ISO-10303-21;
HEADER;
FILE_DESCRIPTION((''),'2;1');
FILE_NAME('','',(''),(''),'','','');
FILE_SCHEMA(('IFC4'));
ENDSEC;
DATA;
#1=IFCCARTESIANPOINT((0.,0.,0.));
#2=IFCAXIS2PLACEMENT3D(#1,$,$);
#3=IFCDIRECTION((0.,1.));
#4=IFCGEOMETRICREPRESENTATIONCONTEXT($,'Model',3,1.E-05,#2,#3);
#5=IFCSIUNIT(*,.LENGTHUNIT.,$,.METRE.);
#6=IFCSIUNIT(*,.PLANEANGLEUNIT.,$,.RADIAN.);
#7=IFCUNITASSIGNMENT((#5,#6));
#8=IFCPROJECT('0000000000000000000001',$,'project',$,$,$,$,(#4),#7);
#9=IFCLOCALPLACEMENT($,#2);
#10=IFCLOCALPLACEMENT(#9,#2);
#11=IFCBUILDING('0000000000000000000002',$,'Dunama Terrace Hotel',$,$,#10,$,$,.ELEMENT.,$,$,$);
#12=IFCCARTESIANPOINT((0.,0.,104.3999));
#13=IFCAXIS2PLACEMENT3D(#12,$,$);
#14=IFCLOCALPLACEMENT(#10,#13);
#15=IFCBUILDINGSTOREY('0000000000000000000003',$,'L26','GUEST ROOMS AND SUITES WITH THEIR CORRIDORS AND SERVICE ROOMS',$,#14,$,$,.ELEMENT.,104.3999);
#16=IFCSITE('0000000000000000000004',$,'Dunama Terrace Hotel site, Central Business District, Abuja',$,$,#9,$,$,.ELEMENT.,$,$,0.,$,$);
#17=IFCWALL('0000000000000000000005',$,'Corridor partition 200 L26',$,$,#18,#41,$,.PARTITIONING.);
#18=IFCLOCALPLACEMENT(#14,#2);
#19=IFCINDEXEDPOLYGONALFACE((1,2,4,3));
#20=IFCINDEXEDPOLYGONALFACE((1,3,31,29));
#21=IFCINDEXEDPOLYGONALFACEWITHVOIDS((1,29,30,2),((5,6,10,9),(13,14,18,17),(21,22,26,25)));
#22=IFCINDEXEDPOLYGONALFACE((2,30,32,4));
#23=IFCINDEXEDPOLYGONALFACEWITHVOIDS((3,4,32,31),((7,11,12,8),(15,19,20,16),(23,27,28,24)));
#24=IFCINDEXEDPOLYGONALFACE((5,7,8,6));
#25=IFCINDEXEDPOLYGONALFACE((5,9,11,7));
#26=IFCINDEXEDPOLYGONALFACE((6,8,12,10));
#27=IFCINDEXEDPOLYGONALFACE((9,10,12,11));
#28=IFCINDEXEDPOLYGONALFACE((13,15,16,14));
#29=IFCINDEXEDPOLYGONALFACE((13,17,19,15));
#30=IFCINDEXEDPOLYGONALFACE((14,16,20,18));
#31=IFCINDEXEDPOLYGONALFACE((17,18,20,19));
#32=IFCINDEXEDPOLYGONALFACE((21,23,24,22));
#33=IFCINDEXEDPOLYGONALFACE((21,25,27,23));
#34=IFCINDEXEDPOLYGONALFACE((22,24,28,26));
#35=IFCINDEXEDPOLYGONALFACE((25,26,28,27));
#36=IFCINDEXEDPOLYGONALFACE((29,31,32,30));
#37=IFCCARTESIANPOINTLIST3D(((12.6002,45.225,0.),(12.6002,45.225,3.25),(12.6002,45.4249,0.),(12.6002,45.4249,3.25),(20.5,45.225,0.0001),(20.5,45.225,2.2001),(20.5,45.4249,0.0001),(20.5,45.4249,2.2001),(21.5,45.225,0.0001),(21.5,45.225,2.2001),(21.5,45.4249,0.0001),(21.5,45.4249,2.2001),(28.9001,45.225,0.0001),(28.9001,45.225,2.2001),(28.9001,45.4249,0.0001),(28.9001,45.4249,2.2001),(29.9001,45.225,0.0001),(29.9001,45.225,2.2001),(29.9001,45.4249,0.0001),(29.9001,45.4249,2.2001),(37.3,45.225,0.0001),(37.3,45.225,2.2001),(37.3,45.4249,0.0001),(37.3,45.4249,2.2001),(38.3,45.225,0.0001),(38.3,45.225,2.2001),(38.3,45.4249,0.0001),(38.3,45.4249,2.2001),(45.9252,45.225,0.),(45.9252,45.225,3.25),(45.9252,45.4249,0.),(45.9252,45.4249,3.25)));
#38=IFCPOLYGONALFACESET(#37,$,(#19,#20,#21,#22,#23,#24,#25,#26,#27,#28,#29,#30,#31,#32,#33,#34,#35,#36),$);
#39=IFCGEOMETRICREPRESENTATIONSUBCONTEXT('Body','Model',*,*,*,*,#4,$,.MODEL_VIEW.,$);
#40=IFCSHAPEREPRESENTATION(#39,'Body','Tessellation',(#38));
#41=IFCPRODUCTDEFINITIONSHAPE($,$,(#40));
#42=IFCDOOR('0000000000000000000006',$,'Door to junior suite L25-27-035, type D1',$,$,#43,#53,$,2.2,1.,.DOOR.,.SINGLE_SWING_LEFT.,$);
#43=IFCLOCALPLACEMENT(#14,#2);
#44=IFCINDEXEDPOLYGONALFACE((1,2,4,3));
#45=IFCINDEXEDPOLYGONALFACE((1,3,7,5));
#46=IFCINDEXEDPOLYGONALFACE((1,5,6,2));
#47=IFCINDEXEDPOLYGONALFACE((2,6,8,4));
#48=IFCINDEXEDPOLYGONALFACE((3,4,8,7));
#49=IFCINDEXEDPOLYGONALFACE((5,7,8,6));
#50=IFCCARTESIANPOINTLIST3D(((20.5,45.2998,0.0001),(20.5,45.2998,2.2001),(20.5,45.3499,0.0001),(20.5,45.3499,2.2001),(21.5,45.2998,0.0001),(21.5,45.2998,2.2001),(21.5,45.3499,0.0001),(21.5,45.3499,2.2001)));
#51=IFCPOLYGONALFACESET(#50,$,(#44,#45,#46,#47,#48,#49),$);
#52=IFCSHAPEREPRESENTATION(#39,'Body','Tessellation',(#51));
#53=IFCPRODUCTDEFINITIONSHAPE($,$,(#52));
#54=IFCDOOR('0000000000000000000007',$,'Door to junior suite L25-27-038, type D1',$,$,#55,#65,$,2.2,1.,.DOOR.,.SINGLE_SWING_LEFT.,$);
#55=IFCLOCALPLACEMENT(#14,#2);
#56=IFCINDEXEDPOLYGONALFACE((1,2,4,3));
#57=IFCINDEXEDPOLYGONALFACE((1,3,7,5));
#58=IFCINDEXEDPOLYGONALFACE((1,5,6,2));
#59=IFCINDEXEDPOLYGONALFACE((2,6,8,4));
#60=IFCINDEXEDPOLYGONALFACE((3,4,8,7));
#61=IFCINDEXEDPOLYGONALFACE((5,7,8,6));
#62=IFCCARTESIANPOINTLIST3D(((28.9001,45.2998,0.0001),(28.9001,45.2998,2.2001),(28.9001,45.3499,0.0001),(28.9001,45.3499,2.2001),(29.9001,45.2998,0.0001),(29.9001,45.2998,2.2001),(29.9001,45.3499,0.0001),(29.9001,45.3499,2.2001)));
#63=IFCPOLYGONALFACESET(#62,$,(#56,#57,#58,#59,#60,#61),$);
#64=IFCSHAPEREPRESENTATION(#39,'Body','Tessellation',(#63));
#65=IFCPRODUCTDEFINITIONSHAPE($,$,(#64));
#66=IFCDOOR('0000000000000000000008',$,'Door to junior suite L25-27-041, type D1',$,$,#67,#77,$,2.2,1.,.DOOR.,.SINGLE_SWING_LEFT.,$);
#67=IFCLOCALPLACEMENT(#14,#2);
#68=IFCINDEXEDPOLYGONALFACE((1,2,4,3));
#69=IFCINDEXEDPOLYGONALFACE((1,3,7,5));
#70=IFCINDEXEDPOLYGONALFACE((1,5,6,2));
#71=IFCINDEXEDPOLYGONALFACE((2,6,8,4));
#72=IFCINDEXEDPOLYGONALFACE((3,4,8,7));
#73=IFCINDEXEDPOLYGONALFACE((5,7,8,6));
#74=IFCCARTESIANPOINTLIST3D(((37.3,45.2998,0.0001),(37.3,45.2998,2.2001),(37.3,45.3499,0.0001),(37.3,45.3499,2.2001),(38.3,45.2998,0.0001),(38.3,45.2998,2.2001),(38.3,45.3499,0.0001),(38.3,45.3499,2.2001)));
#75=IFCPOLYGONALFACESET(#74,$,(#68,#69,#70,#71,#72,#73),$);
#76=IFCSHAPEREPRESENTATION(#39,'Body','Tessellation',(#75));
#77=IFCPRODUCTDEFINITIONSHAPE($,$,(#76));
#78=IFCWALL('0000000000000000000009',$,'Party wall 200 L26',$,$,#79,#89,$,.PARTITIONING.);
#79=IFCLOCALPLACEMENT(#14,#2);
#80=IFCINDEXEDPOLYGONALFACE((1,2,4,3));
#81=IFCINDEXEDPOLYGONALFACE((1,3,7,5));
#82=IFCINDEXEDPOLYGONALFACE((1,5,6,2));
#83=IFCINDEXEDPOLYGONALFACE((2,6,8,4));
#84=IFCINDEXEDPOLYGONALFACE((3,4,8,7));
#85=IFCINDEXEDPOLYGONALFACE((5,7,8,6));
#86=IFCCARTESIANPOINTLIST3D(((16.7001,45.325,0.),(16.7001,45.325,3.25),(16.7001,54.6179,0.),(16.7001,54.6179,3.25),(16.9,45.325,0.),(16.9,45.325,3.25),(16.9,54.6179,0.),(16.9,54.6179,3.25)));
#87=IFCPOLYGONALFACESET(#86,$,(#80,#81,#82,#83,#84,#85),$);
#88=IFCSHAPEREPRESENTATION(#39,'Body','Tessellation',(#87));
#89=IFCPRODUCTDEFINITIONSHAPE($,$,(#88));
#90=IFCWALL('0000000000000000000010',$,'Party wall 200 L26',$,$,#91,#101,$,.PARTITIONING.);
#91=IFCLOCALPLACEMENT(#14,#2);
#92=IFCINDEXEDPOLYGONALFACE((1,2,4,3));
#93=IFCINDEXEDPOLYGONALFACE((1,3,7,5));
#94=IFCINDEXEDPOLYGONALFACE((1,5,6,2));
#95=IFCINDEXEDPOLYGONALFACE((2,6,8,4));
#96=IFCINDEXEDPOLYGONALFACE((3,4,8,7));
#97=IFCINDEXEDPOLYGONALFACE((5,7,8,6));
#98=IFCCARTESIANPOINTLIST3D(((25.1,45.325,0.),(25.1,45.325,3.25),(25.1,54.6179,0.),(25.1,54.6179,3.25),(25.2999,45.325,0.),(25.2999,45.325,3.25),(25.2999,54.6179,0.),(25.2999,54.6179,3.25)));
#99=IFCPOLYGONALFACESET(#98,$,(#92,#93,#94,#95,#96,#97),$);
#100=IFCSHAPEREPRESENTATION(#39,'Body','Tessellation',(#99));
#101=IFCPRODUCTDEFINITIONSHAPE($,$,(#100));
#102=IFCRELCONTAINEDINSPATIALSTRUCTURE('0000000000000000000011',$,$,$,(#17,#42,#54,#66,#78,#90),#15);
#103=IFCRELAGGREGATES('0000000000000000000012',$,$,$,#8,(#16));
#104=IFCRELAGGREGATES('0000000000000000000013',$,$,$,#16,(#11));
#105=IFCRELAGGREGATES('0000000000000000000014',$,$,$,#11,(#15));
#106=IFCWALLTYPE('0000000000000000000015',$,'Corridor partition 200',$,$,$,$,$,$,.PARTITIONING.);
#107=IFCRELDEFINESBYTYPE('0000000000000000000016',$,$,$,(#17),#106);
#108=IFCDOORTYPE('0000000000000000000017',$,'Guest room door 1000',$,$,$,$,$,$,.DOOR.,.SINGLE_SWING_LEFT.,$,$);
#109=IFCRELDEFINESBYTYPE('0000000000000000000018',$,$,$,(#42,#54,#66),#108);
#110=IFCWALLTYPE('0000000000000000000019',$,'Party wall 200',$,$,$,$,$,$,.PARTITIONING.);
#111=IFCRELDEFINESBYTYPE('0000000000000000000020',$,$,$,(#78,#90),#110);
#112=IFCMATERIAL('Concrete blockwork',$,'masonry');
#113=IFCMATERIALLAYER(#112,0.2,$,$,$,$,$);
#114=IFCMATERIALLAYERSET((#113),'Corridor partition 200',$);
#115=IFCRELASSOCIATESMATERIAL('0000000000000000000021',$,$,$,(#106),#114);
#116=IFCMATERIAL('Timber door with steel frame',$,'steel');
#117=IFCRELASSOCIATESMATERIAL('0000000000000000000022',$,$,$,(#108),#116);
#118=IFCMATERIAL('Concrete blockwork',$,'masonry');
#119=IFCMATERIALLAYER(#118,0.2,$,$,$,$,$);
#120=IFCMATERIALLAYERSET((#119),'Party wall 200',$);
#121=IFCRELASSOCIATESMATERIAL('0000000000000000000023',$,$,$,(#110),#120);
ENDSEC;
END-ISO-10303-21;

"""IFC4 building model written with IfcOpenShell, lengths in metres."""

from ifc_helpers import new_model, si_unit, direction, frame, frame_2d, origin, place, context, subcontext, project, spatial, rectangle, extrude, material, layer, layer_set, type_object, element, fill, save


model = new_model("IFC4")

# Units and contexts
model_context = context("Model", 3, precision=1e-05, world=origin(), true_north=direction((0.0, 1.0)))
body_context = subcontext(model_context, "Body", "Model", "MODEL_VIEW")
ifc_project = project(units=[si_unit("LENGTHUNIT", "METRE"), si_unit("PLANEANGLEUNIT", "RADIAN")], contexts=[model_context])

# Site, building, storey
site_placement = place(None, origin())
site = spatial("IfcSite", under=ifc_project, at=site_placement, Name="Dunama Terrace Hotel site, Central Business District, Abuja", CompositionType="ELEMENT", RefElevation=0.0)
building_placement = place(site_placement, origin())
building = spatial("IfcBuilding", under=site, at=building_placement, Name="Dunama Terrace Hotel", CompositionType="ELEMENT")
storey_placement = place(building_placement, frame((0.0, 0.0, 104.3999)))
storey = spatial("IfcBuildingStorey", under=building, at=storey_placement, Name="L26", Description="GUEST ROOMS AND SUITES WITH THEIR CORRIDORS AND SERVICE ROOMS", CompositionType="ELEMENT", Elevation=104.3999)

# Wall, openings, doors
ifc_material_1 = material(Name="Concrete blockwork", Category="masonry")
ifc_layer_1 = layer(ifc_material_1, 0.2)
ifc_layer_set_1 = layer_set([ifc_layer_1], Name="Corridor partition 200")
wall_type_1 = type_object("IfcWallType", Name="Corridor partition 200", PredefinedType="PARTITIONING", material=ifc_layer_set_1)
wall_1_placement = place(storey_placement, frame((12.6001, 45.325, 0.0), z_axis=(0.0, 0.0, 1.0), x_axis=(1.0, 0.0, 0.0)))
wall_1 = element("IfcWall", 1, at=wall_1_placement, inside=storey, type_object=wall_type_1, Name="Corridor partition 200 L26", PredefinedType="PARTITIONING", context=body_context, shape_type="SweptSolid", body=[
    extrude(rectangle(XDim=33.325, YDim=0.2, at=frame_2d((16.6626, 0.0))), origin(), (0.0, 0.0, 1.0), 3.25),
])
opening_1_placement = place(wall_1_placement, frame((7.8999, 0.0, 0.0)))
opening_1 = element("IfcOpeningElement", 2, at=opening_1_placement, cuts=wall_1, PredefinedType="OPENING", context=body_context, shape_type="SweptSolid", body=[
    extrude(rectangle(XDim=1.0, YDim=2.2, at=frame_2d((0.5, 1.1001))), frame((0.0, 0.1099, 0.0), z_axis=(0.0, -1.0, 0.0), x_axis=(1.0, 0.0, 0.0)), (0.0, 0.0, 1.0), 0.22),
])
opening_2_placement = place(wall_1_placement, frame((16.3, 0.0, 0.0)))
opening_2 = element("IfcOpeningElement", 3, at=opening_2_placement, cuts=wall_1, PredefinedType="OPENING", context=body_context, shape_type="SweptSolid", body=[
    extrude(rectangle(XDim=1.0, YDim=2.2, at=frame_2d((0.5, 1.1001))), frame((0.0, 0.1099, 0.0), z_axis=(0.0, -1.0, 0.0), x_axis=(1.0, 0.0, 0.0)), (0.0, 0.0, 1.0), 0.22),
])
opening_3_placement = place(wall_1_placement, frame((24.7, 0.0, 0.0)))
opening_3 = element("IfcOpeningElement", 4, at=opening_3_placement, cuts=wall_1, PredefinedType="OPENING", context=body_context, shape_type="SweptSolid", body=[
    extrude(rectangle(XDim=1.0, YDim=2.2, at=frame_2d((0.5, 1.1001))), frame((0.0, 0.1099, 0.0), z_axis=(0.0, -1.0, 0.0), x_axis=(1.0, 0.0, 0.0)), (0.0, 0.0, 1.0), 0.22),
])
ifc_material_2 = material(Name="Timber door with steel frame", Category="steel")
door_type_1 = type_object("IfcDoorType", Name="Guest room door 1000", OperationType="SINGLE_SWING_LEFT", PredefinedType="DOOR", material=ifc_material_2)
door_1_placement = place(opening_1_placement, origin())
door_1 = element("IfcDoor", 5, at=door_1_placement, inside=storey, type_object=door_type_1, Name="Door to junior suite L25-27-035, type D1", OperationType="SINGLE_SWING_LEFT", OverallHeight=2.2, OverallWidth=1.0, PredefinedType="DOOR", context=body_context, shape_type="SweptSolid", body=[
    extrude(rectangle(XDim=1.0, YDim=2.2, at=frame_2d((0.5, 1.1001))), frame((0.0, 0.0249, 0.0), z_axis=(0.0, -1.0, 0.0), x_axis=(1.0, 0.0, 0.0)), (0.0, 0.0, 1.0), 0.05),
])
fill(opening_1, door_1)
door_2_placement = place(opening_2_placement, origin())
door_2 = element("IfcDoor", 6, at=door_2_placement, inside=storey, type_object=door_type_1, Name="Door to junior suite L25-27-038, type D1", OperationType="SINGLE_SWING_LEFT", OverallHeight=2.2, OverallWidth=1.0, PredefinedType="DOOR", context=body_context, shape_type="SweptSolid", body=[
    extrude(rectangle(XDim=1.0, YDim=2.2, at=frame_2d((0.5, 1.1001))), frame((0.0, 0.0249, 0.0), z_axis=(0.0, -1.0, 0.0), x_axis=(1.0, 0.0, 0.0)), (0.0, 0.0, 1.0), 0.05),
])
fill(opening_2, door_2)
door_3_placement = place(opening_3_placement, origin())
door_3 = element("IfcDoor", 7, at=door_3_placement, inside=storey, type_object=door_type_1, Name="Door to junior suite L25-27-041, type D1", OperationType="SINGLE_SWING_LEFT", OverallHeight=2.2, OverallWidth=1.0, PredefinedType="DOOR", context=body_context, shape_type="SweptSolid", body=[
    extrude(rectangle(XDim=1.0, YDim=2.2, at=frame_2d((0.5, 1.1001))), frame((0.0, 0.0249, 0.0), z_axis=(0.0, -1.0, 0.0), x_axis=(1.0, 0.0, 0.0)), (0.0, 0.0, 1.0), 0.05),
])
fill(opening_3, door_3)

# Walls
ifc_material_3 = material(Name="Concrete blockwork", Category="masonry")
ifc_layer_2 = layer(ifc_material_3, 0.2)
ifc_layer_set_2 = layer_set([ifc_layer_2], Name="Party wall 200")
wall_type_2 = type_object("IfcWallType", Name="Party wall 200", PredefinedType="PARTITIONING", material=ifc_layer_set_2)
for number, where, z_axis, x_axis, name in (
    (8, (16.8, 45.325, 0.0), (0.0, 0.0, 1.0), (0.0, 1.0, 0.0), "Party wall 200 L26"),
    (9, (25.2, 45.325, 0.0), (0.0, 0.0, 1.0), (0.0, 1.0, 0.0), "Party wall 200 L26"),
):
    element("IfcWall", number, at=place(storey_placement, frame(where, z_axis=z_axis, x_axis=x_axis)), inside=storey, type_object=wall_type_2, Name=name, PredefinedType="PARTITIONING", context=body_context, shape_type="SweptSolid", body=[
        extrude(rectangle(XDim=9.293, YDim=0.2, at=frame_2d((4.6465, 0.0))), origin(), (0.0, 0.0, 1.0), 3.25),
    ])

save(model, "model.ifc")
